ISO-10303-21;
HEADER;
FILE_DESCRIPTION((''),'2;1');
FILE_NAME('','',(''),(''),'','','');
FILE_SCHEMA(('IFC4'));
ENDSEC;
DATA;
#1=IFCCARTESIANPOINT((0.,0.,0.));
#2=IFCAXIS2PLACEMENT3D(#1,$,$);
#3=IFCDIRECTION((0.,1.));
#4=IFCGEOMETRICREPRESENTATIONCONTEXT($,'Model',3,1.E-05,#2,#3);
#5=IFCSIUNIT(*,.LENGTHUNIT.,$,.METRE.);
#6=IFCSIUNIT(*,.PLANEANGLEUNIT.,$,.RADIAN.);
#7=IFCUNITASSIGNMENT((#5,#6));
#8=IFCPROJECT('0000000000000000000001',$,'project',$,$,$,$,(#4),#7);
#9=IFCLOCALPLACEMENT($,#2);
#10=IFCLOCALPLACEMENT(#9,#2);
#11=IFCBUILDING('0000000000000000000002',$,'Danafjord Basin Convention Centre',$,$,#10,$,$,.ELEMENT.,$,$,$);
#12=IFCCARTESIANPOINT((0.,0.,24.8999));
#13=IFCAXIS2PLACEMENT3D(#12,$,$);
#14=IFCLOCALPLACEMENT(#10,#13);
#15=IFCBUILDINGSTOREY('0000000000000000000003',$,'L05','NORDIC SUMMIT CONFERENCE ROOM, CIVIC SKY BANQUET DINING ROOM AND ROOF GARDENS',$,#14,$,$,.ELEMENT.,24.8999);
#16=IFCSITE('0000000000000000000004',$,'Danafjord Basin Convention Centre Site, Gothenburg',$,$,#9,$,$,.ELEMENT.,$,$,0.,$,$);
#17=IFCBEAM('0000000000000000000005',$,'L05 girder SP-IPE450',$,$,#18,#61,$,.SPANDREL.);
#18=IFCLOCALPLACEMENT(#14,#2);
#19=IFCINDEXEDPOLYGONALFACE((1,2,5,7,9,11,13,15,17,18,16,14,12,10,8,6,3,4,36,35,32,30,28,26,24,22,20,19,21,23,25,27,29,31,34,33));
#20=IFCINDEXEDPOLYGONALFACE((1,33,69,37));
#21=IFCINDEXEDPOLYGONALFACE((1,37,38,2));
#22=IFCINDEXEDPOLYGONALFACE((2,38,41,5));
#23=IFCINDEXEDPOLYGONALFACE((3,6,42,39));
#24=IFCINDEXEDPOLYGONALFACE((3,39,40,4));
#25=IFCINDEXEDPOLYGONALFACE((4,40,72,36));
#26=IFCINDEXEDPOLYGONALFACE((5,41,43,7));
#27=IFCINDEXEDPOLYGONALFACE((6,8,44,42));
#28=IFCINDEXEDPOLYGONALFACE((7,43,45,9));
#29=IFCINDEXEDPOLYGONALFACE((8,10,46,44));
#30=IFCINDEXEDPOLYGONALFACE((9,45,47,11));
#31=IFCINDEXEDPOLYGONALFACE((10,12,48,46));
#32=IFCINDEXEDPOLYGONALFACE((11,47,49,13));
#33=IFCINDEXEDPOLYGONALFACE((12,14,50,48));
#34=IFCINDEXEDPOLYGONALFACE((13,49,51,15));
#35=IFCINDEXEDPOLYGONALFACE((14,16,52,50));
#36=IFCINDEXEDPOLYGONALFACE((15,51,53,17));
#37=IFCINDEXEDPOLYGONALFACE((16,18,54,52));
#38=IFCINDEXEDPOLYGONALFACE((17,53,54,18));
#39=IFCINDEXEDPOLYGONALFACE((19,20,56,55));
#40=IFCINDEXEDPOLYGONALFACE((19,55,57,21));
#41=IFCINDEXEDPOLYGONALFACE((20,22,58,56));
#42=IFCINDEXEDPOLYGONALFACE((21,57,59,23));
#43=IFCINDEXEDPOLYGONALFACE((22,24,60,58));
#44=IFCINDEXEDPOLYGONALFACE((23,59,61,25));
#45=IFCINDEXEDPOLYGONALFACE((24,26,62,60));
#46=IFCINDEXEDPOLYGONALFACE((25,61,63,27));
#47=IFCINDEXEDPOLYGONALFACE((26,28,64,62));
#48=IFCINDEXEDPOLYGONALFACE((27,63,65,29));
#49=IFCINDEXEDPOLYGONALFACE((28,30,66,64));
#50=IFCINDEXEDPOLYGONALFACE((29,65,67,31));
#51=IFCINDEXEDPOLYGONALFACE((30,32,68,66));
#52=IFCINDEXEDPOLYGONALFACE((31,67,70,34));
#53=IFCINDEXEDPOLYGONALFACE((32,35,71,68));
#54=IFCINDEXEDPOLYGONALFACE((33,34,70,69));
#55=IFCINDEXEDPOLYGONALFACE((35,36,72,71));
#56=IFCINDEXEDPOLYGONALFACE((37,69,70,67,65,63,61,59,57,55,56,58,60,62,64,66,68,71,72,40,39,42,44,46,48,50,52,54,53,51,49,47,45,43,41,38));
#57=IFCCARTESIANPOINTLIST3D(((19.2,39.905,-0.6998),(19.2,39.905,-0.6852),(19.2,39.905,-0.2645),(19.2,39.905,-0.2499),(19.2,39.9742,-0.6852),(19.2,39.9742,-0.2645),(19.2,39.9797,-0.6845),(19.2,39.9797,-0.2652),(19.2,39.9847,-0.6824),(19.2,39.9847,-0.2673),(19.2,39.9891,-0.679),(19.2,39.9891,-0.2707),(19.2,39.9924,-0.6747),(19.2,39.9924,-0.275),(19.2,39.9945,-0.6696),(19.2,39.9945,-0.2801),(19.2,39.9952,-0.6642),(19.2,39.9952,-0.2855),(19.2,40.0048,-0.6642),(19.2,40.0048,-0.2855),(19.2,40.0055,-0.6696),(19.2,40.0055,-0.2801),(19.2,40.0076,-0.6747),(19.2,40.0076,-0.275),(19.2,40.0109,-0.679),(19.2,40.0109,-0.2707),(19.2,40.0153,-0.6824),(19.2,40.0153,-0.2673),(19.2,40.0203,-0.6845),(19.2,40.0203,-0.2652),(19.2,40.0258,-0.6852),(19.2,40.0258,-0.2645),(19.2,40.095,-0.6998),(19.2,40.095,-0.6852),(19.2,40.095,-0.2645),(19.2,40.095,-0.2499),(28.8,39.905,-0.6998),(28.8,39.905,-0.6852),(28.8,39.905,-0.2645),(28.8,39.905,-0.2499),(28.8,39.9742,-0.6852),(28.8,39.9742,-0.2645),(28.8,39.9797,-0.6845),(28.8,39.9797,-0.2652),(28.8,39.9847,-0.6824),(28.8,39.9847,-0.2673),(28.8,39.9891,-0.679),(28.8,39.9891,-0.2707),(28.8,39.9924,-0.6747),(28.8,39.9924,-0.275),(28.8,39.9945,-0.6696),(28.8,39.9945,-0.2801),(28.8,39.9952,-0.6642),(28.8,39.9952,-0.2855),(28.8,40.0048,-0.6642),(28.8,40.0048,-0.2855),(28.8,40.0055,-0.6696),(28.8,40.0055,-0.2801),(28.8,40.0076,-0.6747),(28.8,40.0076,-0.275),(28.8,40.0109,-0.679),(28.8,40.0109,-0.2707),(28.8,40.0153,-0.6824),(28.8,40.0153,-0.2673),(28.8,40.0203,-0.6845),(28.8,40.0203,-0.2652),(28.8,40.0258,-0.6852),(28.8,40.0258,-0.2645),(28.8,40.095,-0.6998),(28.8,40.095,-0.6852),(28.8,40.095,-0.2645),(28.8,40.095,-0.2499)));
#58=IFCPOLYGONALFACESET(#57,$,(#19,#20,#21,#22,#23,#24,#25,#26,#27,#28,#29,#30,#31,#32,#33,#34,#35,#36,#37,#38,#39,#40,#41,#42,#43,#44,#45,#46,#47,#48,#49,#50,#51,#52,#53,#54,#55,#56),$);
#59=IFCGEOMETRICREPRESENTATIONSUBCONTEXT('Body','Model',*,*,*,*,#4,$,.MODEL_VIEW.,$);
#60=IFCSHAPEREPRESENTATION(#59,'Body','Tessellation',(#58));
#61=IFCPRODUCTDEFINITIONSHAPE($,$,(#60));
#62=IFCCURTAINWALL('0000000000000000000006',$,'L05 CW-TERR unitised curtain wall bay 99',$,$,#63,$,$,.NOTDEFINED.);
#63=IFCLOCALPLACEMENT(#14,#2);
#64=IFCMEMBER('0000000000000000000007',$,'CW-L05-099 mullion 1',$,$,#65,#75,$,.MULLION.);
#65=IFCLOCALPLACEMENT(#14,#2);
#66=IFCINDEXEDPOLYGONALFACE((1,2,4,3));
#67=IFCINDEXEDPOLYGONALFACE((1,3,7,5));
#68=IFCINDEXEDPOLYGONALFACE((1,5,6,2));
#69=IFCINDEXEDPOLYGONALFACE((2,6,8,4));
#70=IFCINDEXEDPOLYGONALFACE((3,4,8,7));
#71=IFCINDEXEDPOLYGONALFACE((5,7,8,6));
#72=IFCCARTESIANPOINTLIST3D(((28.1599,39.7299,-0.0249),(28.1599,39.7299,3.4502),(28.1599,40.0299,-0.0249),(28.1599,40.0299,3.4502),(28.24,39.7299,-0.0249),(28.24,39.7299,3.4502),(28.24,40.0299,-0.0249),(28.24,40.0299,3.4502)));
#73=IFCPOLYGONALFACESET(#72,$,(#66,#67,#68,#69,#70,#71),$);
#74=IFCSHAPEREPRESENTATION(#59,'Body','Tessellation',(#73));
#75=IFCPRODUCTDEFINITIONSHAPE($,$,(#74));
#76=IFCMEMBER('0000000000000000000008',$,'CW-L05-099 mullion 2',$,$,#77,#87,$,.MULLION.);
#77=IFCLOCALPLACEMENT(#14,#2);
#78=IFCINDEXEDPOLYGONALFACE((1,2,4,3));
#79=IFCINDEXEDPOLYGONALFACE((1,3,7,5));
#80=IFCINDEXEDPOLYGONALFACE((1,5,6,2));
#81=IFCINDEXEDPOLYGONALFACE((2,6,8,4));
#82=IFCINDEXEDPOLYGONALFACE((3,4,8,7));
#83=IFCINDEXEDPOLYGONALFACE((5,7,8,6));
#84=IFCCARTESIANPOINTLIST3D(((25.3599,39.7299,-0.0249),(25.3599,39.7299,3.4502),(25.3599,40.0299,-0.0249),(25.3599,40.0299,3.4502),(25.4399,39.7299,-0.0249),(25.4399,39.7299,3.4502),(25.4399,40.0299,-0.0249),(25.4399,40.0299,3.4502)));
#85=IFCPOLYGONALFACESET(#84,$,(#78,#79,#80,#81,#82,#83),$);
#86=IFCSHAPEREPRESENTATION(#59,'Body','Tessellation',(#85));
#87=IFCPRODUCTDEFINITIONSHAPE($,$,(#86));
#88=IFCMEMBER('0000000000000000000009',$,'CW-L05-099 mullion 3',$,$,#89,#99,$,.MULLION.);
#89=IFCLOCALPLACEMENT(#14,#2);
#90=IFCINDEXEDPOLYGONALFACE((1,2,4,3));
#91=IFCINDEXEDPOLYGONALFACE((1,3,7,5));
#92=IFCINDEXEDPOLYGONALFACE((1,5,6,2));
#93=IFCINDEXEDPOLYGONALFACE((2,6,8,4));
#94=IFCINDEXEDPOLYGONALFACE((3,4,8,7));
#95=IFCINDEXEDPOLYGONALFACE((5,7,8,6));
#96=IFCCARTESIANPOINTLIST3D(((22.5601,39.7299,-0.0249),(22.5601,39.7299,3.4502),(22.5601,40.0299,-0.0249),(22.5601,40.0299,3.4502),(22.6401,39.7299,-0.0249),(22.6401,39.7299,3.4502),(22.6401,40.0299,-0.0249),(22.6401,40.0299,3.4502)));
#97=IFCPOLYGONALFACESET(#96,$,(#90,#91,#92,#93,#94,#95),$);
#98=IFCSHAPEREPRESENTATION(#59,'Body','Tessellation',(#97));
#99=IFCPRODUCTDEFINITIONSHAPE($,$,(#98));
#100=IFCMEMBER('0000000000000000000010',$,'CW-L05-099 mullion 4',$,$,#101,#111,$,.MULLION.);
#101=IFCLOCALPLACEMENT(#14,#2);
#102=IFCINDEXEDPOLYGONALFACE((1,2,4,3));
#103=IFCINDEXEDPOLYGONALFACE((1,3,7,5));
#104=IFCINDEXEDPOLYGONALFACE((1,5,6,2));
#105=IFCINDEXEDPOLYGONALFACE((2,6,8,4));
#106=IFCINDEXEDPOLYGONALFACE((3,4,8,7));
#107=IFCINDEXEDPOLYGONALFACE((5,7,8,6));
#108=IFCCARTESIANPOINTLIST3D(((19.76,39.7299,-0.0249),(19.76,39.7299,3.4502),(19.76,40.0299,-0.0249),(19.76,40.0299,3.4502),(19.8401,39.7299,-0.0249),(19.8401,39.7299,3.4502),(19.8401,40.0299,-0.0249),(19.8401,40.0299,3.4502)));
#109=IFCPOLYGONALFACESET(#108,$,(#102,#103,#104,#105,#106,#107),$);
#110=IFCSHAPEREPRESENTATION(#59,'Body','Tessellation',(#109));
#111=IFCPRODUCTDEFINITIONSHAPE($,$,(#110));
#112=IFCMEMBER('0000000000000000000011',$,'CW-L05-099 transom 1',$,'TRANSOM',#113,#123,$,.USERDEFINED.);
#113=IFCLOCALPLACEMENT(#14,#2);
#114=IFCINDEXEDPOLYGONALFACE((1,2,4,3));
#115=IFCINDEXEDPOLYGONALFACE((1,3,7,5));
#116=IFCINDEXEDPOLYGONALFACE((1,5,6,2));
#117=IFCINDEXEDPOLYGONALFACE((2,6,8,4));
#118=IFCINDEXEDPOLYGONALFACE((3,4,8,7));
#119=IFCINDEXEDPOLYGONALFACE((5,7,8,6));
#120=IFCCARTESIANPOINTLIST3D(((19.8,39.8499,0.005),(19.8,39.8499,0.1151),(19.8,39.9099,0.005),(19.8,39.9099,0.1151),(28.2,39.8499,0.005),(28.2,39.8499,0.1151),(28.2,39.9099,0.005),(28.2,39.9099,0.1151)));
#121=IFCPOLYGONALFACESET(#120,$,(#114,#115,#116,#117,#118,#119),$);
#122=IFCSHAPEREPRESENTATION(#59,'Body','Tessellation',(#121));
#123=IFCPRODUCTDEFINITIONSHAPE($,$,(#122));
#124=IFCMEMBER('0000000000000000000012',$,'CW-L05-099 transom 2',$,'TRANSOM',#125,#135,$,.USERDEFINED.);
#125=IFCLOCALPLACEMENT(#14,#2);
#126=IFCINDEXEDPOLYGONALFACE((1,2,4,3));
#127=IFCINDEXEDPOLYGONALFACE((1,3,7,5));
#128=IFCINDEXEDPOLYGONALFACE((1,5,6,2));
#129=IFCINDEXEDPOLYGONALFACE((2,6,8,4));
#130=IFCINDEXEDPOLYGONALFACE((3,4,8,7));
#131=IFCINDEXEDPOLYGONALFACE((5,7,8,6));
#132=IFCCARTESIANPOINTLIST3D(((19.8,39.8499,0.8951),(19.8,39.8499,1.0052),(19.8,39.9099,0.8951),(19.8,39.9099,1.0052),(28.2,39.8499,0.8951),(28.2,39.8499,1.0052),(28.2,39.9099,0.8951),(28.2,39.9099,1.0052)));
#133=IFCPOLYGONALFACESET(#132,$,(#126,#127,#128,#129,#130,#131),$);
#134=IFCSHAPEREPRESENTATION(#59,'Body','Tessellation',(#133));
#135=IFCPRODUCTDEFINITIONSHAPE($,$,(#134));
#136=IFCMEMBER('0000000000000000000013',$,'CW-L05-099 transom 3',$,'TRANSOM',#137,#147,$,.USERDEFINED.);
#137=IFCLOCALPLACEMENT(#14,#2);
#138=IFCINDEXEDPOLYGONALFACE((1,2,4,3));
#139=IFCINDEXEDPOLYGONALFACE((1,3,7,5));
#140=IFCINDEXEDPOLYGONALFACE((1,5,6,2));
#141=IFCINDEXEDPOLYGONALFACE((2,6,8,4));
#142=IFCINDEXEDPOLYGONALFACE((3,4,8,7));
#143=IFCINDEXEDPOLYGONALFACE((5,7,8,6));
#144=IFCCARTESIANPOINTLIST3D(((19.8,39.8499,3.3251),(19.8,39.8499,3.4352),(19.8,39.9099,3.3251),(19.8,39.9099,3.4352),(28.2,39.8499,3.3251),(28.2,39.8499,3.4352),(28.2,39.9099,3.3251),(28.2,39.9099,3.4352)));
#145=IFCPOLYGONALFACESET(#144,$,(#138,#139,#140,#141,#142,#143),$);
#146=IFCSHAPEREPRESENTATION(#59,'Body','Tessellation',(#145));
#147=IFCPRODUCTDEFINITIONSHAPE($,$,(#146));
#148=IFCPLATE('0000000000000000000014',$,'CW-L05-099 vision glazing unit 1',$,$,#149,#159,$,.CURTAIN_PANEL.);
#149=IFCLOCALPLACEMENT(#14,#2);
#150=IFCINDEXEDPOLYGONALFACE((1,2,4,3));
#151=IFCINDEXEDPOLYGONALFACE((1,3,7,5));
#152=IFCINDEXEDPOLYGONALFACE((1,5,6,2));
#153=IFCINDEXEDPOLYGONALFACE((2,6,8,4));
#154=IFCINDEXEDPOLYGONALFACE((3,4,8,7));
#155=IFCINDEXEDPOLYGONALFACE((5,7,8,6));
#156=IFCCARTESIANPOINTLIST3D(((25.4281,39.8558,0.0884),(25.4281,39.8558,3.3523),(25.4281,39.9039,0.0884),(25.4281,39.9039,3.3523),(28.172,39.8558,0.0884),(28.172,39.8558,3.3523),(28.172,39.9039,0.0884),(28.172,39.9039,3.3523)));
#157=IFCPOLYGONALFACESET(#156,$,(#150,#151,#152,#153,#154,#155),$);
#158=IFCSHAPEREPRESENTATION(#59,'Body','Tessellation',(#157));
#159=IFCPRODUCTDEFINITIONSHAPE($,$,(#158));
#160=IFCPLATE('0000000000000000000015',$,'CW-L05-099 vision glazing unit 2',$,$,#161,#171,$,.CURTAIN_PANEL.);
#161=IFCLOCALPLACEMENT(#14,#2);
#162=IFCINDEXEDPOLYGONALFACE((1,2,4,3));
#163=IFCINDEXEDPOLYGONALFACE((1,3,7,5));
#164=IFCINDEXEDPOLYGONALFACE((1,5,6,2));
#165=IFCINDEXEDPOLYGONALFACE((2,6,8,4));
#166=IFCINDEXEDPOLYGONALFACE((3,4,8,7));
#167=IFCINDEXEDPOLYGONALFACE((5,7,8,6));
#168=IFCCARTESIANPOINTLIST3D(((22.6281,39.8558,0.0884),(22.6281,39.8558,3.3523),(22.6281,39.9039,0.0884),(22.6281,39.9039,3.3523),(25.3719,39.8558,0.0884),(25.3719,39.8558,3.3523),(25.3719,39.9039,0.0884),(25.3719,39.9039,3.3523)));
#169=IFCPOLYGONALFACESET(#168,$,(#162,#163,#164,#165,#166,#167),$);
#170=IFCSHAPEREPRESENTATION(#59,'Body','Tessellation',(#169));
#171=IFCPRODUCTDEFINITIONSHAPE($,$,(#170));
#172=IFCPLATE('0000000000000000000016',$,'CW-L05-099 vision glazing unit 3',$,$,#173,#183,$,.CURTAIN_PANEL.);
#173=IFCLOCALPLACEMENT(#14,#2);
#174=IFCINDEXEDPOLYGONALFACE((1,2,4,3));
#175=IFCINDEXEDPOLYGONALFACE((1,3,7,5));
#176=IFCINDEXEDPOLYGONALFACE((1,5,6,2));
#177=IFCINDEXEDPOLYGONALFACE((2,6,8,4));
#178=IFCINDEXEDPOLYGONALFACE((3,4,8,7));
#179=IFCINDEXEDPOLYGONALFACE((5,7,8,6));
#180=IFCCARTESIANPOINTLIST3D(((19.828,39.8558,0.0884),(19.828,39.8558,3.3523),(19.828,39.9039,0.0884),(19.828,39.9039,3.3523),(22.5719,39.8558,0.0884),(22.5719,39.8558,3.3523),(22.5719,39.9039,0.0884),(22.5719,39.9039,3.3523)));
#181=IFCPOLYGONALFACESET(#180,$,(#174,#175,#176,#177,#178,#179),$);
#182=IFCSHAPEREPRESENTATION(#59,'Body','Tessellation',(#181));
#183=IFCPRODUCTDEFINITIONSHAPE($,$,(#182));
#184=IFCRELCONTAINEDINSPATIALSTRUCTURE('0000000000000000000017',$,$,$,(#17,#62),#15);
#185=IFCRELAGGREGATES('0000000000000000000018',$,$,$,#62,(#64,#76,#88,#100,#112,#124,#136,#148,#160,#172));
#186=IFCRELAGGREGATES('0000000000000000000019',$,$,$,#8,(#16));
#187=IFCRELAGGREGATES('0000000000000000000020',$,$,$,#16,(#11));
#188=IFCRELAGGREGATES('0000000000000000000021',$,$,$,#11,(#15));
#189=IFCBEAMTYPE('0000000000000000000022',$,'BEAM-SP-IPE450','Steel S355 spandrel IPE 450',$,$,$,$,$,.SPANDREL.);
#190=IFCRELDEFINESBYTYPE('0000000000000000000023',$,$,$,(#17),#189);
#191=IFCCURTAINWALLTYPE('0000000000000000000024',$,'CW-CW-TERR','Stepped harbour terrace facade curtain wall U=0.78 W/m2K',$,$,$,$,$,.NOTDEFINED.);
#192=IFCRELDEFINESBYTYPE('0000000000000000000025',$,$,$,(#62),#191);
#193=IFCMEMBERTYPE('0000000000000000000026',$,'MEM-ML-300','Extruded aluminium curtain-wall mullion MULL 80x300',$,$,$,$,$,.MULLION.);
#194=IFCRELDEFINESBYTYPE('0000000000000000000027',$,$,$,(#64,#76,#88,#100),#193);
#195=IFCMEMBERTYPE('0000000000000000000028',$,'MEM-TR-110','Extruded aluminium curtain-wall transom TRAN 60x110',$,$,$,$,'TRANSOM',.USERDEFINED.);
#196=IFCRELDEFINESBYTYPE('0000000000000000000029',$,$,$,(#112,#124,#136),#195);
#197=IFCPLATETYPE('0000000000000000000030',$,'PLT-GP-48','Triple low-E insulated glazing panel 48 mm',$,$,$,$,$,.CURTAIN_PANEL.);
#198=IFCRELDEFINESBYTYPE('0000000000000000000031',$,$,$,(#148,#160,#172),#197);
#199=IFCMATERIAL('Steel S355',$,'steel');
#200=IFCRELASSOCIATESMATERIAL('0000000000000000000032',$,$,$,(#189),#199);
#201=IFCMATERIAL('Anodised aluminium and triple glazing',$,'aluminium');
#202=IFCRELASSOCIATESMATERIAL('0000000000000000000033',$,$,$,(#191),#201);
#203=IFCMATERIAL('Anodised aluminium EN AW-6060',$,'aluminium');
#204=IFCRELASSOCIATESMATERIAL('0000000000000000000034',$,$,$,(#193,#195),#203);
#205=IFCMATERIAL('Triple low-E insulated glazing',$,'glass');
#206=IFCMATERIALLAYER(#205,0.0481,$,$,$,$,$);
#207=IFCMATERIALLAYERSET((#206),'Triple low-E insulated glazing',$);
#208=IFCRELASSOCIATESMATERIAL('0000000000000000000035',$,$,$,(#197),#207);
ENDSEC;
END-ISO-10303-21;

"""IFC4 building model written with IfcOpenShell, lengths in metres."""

from ifc_helpers import new_model, si_unit, direction, frame, origin, origin_2d, place, context, subcontext, project, spatial, rectangle, i_section, extrude, material, layer, layer_set, material_profile, profile_set, type_object, element, aggregate, save


model = new_model("IFC4")

# Units and contexts
model_context = context("Model", 3, precision=1e-05, world=origin(), true_north=direction((0.0, 1.0)))
body_context = subcontext(model_context, "Body", "Model", "MODEL_VIEW")
ifc_project = project(units=[si_unit("LENGTHUNIT", "METRE"), si_unit("PLANEANGLEUNIT", "RADIAN")], contexts=[model_context])

# Site, building, storey
site_placement = place(None, origin())
site = spatial("IfcSite", under=ifc_project, at=site_placement, Name="Danafjord Basin Convention Centre Site, Gothenburg", CompositionType="ELEMENT", RefElevation=0.0)
building_placement = place(site_placement, origin())
building = spatial("IfcBuilding", under=site, at=building_placement, Name="Danafjord Basin Convention Centre", CompositionType="ELEMENT")
storey_placement = place(building_placement, frame((0.0, 0.0, 24.8999)))
storey = spatial("IfcBuildingStorey", under=building, at=storey_placement, Name="L05", Description="NORDIC SUMMIT CONFERENCE ROOM, CIVIC SKY BANQUET DINING ROOM AND ROOF GARDENS", CompositionType="ELEMENT", Elevation=24.8999)

# Shared definitions
ifc_material_1 = material(Name="Steel S355", Category="steel")

# Beam
ifc_material_profile_1 = material_profile(ifc_material_1, i_section(OverallWidth=0.1899, OverallDepth=0.45, WebThickness=0.0095, FlangeThickness=0.0146, FilletRadius=0.021, at=origin_2d()), Name="IPE 450")
ifc_profile_set_1 = profile_set([ifc_material_profile_1], Name="Steel S355")
beam_type_1 = type_object("IfcBeamType", Name="BEAM-SP-IPE450", Description="Steel S355 spandrel IPE 450", PredefinedType="SPANDREL", material=ifc_profile_set_1)
beam_1_placement = place(storey_placement, frame((19.2, 40.0, -0.4749), z_axis=(1.0, 0.0, 0.0), x_axis=(0.0, 1.0, 0.0)))
element("IfcBeam", 1, at=beam_1_placement, inside=storey, type_object=beam_type_1, Name="L05 girder SP-IPE450", PredefinedType="SPANDREL", context=body_context, shape_type="SweptSolid", body=[
    extrude(i_section(OverallWidth=0.1899, OverallDepth=0.45, WebThickness=0.0095, FlangeThickness=0.0146, FilletRadius=0.021, at=origin_2d()), origin(), (0.0, 0.0, 1.0), 9.6001),
])

# Curtain wall, members, plates
ifc_material_2 = material(Name="Anodised aluminium and triple glazing", Category="aluminium")
curtain_wall_type = type_object("IfcCurtainWallType", Name="CW-CW-TERR", Description="Stepped harbour terrace facade curtain wall U=0.78 W/m2K", PredefinedType="NOTDEFINED", material=ifc_material_2)
curtain_wall_placement = place(storey_placement, origin())
curtain_wall = element("IfcCurtainWall", 2, at=curtain_wall_placement, inside=storey, type_object=curtain_wall_type, Name="L05 CW-TERR unitised curtain wall bay 99", PredefinedType="NOTDEFINED")
ifc_material_3 = material(Name="Anodised aluminium EN AW-6060", Category="aluminium")
ifc_material_profile_2 = material_profile(ifc_material_3, rectangle(XDim=0.0801, YDim=0.3, at=origin_2d()), Name="MULL 80x300")
ifc_profile_set_2 = profile_set([ifc_material_profile_2], Name="Anodised aluminium EN AW-6060")
member_type_1 = type_object("IfcMemberType", Name="MEM-ML-300", Description="Extruded aluminium curtain-wall mullion MULL 80x300", PredefinedType="MULLION", material=ifc_profile_set_2)
member_1_placement = place(storey_placement, frame((28.2, 39.8799, -0.0249), z_axis=(0.0, 0.0, 1.0), x_axis=(-1.0, 0.0, 0.0)))
member_1 = element("IfcMember", 3, at=member_1_placement, type_object=member_type_1, Name="CW-L05-099 mullion 1", PredefinedType="MULLION", context=body_context, shape_type="SweptSolid", body=[
    extrude(rectangle(XDim=0.0801, YDim=0.3, at=origin_2d()), origin(), (0.0, 0.0, 1.0), 3.4751),
])
member_2_placement = place(storey_placement, frame((25.3999, 39.8799, -0.0249), z_axis=(0.0, 0.0, 1.0), x_axis=(-1.0, 0.0, 0.0)))
member_2 = element("IfcMember", 4, at=member_2_placement, type_object=member_type_1, Name="CW-L05-099 mullion 2", PredefinedType="MULLION", context=body_context, shape_type="SweptSolid", body=[
    extrude(rectangle(XDim=0.0801, YDim=0.3, at=origin_2d()), origin(), (0.0, 0.0, 1.0), 3.4751),
])
member_3_placement = place(storey_placement, frame((22.6001, 39.8799, -0.0249), z_axis=(0.0, 0.0, 1.0), x_axis=(-1.0, 0.0, 0.0)))
member_3 = element("IfcMember", 5, at=member_3_placement, type_object=member_type_1, Name="CW-L05-099 mullion 3", PredefinedType="MULLION", context=body_context, shape_type="SweptSolid", body=[
    extrude(rectangle(XDim=0.0801, YDim=0.3, at=origin_2d()), origin(), (0.0, 0.0, 1.0), 3.4751),
])
member_4_placement = place(storey_placement, frame((19.8, 39.8799, -0.0249), z_axis=(0.0, 0.0, 1.0), x_axis=(-1.0, 0.0, 0.0)))
member_4 = element("IfcMember", 6, at=member_4_placement, type_object=member_type_1, Name="CW-L05-099 mullion 4", PredefinedType="MULLION", context=body_context, shape_type="SweptSolid", body=[
    extrude(rectangle(XDim=0.0801, YDim=0.3, at=origin_2d()), origin(), (0.0, 0.0, 1.0), 3.4751),
])
ifc_material_profile_3 = material_profile(ifc_material_3, rectangle(XDim=0.0601, YDim=0.1101, at=origin_2d()), Name="TRAN 60x110")
ifc_profile_set_3 = profile_set([ifc_material_profile_3], Name="Anodised aluminium EN AW-6060")
member_type_2 = type_object("IfcMemberType", Name="MEM-TR-110", Description="Extruded aluminium curtain-wall transom TRAN 60x110", ElementType="TRANSOM", PredefinedType="USERDEFINED", material=ifc_profile_set_3)
member_5_placement = place(storey_placement, frame((28.2, 39.8799, 0.0601), z_axis=(-1.0, 0.0, 0.0), x_axis=(0.0, -1.0, 0.0)))
member_5 = element("IfcMember", 7, at=member_5_placement, type_object=member_type_2, Name="CW-L05-099 transom 1", ObjectType="TRANSOM", PredefinedType="USERDEFINED", context=body_context, shape_type="SweptSolid", body=[
    extrude(rectangle(XDim=0.0601, YDim=0.1101, at=origin_2d()), origin(), (0.0, 0.0, 1.0), 8.3999),
])
member_6_placement = place(storey_placement, frame((28.2, 39.8799, 0.9502), z_axis=(-1.0, 0.0, 0.0), x_axis=(0.0, -1.0, 0.0)))
member_6 = element("IfcMember", 8, at=member_6_placement, type_object=member_type_2, Name="CW-L05-099 transom 2", ObjectType="TRANSOM", PredefinedType="USERDEFINED", context=body_context, shape_type="SweptSolid", body=[
    extrude(rectangle(XDim=0.0601, YDim=0.1101, at=origin_2d()), origin(), (0.0, 0.0, 1.0), 8.3999),
])
member_7_placement = place(storey_placement, frame((28.2, 39.8799, 3.3801), z_axis=(-1.0, 0.0, 0.0), x_axis=(0.0, -1.0, 0.0)))
member_7 = element("IfcMember", 9, at=member_7_placement, type_object=member_type_2, Name="CW-L05-099 transom 3", ObjectType="TRANSOM", PredefinedType="USERDEFINED", context=body_context, shape_type="SweptSolid", body=[
    extrude(rectangle(XDim=0.0601, YDim=0.1101, at=origin_2d()), origin(), (0.0, 0.0, 1.0), 8.3999),
])
ifc_material_4 = material(Name="Triple low-E insulated glazing", Category="glass")
ifc_layer_1 = layer(ifc_material_4, 0.0481)
ifc_layer_set_1 = layer_set([ifc_layer_1], Name="Triple low-E insulated glazing")
plate_type = type_object("IfcPlateType", Name="PLT-GP-48", Description="Triple low-E insulated glazing panel 48 mm", PredefinedType="CURTAIN_PANEL", material=ifc_layer_set_1)
plate_1_placement = place(storey_placement, frame((26.8, 39.8799, 0.0884), z_axis=(0.0, 0.0, 1.0), x_axis=(-1.0, 0.0, 0.0)))
plate_1 = element("IfcPlate", 10, at=plate_1_placement, type_object=plate_type, Name="CW-L05-099 vision glazing unit 1", PredefinedType="CURTAIN_PANEL", context=body_context, shape_type="SweptSolid", body=[
    extrude(rectangle(XDim=2.7439, YDim=0.0481, at=origin_2d()), origin(), (0.0, 0.0, 1.0), 3.2639),
])
plate_2_placement = place(storey_placement, frame((24.0, 39.8799, 0.0884), z_axis=(0.0, 0.0, 1.0), x_axis=(-1.0, 0.0, 0.0)))
plate_2 = element("IfcPlate", 11, at=plate_2_placement, type_object=plate_type, Name="CW-L05-099 vision glazing unit 2", PredefinedType="CURTAIN_PANEL", context=body_context, shape_type="SweptSolid", body=[
    extrude(rectangle(XDim=2.7439, YDim=0.0481, at=origin_2d()), origin(), (0.0, 0.0, 1.0), 3.2639),
])
plate_3_placement = place(storey_placement, frame((21.2, 39.8799, 0.0884), z_axis=(0.0, 0.0, 1.0), x_axis=(-1.0, 0.0, 0.0)))
plate_3 = element("IfcPlate", 12, at=plate_3_placement, type_object=plate_type, Name="CW-L05-099 vision glazing unit 3", PredefinedType="CURTAIN_PANEL", context=body_context, shape_type="SweptSolid", body=[
    extrude(rectangle(XDim=2.7439, YDim=0.0481, at=origin_2d()), origin(), (0.0, 0.0, 1.0), 3.2639),
])
aggregate(curtain_wall, [member_1, member_2, member_3, member_4, member_5, member_6, member_7, plate_1, plate_2, plate_3])

save(model, "model.ifc")
